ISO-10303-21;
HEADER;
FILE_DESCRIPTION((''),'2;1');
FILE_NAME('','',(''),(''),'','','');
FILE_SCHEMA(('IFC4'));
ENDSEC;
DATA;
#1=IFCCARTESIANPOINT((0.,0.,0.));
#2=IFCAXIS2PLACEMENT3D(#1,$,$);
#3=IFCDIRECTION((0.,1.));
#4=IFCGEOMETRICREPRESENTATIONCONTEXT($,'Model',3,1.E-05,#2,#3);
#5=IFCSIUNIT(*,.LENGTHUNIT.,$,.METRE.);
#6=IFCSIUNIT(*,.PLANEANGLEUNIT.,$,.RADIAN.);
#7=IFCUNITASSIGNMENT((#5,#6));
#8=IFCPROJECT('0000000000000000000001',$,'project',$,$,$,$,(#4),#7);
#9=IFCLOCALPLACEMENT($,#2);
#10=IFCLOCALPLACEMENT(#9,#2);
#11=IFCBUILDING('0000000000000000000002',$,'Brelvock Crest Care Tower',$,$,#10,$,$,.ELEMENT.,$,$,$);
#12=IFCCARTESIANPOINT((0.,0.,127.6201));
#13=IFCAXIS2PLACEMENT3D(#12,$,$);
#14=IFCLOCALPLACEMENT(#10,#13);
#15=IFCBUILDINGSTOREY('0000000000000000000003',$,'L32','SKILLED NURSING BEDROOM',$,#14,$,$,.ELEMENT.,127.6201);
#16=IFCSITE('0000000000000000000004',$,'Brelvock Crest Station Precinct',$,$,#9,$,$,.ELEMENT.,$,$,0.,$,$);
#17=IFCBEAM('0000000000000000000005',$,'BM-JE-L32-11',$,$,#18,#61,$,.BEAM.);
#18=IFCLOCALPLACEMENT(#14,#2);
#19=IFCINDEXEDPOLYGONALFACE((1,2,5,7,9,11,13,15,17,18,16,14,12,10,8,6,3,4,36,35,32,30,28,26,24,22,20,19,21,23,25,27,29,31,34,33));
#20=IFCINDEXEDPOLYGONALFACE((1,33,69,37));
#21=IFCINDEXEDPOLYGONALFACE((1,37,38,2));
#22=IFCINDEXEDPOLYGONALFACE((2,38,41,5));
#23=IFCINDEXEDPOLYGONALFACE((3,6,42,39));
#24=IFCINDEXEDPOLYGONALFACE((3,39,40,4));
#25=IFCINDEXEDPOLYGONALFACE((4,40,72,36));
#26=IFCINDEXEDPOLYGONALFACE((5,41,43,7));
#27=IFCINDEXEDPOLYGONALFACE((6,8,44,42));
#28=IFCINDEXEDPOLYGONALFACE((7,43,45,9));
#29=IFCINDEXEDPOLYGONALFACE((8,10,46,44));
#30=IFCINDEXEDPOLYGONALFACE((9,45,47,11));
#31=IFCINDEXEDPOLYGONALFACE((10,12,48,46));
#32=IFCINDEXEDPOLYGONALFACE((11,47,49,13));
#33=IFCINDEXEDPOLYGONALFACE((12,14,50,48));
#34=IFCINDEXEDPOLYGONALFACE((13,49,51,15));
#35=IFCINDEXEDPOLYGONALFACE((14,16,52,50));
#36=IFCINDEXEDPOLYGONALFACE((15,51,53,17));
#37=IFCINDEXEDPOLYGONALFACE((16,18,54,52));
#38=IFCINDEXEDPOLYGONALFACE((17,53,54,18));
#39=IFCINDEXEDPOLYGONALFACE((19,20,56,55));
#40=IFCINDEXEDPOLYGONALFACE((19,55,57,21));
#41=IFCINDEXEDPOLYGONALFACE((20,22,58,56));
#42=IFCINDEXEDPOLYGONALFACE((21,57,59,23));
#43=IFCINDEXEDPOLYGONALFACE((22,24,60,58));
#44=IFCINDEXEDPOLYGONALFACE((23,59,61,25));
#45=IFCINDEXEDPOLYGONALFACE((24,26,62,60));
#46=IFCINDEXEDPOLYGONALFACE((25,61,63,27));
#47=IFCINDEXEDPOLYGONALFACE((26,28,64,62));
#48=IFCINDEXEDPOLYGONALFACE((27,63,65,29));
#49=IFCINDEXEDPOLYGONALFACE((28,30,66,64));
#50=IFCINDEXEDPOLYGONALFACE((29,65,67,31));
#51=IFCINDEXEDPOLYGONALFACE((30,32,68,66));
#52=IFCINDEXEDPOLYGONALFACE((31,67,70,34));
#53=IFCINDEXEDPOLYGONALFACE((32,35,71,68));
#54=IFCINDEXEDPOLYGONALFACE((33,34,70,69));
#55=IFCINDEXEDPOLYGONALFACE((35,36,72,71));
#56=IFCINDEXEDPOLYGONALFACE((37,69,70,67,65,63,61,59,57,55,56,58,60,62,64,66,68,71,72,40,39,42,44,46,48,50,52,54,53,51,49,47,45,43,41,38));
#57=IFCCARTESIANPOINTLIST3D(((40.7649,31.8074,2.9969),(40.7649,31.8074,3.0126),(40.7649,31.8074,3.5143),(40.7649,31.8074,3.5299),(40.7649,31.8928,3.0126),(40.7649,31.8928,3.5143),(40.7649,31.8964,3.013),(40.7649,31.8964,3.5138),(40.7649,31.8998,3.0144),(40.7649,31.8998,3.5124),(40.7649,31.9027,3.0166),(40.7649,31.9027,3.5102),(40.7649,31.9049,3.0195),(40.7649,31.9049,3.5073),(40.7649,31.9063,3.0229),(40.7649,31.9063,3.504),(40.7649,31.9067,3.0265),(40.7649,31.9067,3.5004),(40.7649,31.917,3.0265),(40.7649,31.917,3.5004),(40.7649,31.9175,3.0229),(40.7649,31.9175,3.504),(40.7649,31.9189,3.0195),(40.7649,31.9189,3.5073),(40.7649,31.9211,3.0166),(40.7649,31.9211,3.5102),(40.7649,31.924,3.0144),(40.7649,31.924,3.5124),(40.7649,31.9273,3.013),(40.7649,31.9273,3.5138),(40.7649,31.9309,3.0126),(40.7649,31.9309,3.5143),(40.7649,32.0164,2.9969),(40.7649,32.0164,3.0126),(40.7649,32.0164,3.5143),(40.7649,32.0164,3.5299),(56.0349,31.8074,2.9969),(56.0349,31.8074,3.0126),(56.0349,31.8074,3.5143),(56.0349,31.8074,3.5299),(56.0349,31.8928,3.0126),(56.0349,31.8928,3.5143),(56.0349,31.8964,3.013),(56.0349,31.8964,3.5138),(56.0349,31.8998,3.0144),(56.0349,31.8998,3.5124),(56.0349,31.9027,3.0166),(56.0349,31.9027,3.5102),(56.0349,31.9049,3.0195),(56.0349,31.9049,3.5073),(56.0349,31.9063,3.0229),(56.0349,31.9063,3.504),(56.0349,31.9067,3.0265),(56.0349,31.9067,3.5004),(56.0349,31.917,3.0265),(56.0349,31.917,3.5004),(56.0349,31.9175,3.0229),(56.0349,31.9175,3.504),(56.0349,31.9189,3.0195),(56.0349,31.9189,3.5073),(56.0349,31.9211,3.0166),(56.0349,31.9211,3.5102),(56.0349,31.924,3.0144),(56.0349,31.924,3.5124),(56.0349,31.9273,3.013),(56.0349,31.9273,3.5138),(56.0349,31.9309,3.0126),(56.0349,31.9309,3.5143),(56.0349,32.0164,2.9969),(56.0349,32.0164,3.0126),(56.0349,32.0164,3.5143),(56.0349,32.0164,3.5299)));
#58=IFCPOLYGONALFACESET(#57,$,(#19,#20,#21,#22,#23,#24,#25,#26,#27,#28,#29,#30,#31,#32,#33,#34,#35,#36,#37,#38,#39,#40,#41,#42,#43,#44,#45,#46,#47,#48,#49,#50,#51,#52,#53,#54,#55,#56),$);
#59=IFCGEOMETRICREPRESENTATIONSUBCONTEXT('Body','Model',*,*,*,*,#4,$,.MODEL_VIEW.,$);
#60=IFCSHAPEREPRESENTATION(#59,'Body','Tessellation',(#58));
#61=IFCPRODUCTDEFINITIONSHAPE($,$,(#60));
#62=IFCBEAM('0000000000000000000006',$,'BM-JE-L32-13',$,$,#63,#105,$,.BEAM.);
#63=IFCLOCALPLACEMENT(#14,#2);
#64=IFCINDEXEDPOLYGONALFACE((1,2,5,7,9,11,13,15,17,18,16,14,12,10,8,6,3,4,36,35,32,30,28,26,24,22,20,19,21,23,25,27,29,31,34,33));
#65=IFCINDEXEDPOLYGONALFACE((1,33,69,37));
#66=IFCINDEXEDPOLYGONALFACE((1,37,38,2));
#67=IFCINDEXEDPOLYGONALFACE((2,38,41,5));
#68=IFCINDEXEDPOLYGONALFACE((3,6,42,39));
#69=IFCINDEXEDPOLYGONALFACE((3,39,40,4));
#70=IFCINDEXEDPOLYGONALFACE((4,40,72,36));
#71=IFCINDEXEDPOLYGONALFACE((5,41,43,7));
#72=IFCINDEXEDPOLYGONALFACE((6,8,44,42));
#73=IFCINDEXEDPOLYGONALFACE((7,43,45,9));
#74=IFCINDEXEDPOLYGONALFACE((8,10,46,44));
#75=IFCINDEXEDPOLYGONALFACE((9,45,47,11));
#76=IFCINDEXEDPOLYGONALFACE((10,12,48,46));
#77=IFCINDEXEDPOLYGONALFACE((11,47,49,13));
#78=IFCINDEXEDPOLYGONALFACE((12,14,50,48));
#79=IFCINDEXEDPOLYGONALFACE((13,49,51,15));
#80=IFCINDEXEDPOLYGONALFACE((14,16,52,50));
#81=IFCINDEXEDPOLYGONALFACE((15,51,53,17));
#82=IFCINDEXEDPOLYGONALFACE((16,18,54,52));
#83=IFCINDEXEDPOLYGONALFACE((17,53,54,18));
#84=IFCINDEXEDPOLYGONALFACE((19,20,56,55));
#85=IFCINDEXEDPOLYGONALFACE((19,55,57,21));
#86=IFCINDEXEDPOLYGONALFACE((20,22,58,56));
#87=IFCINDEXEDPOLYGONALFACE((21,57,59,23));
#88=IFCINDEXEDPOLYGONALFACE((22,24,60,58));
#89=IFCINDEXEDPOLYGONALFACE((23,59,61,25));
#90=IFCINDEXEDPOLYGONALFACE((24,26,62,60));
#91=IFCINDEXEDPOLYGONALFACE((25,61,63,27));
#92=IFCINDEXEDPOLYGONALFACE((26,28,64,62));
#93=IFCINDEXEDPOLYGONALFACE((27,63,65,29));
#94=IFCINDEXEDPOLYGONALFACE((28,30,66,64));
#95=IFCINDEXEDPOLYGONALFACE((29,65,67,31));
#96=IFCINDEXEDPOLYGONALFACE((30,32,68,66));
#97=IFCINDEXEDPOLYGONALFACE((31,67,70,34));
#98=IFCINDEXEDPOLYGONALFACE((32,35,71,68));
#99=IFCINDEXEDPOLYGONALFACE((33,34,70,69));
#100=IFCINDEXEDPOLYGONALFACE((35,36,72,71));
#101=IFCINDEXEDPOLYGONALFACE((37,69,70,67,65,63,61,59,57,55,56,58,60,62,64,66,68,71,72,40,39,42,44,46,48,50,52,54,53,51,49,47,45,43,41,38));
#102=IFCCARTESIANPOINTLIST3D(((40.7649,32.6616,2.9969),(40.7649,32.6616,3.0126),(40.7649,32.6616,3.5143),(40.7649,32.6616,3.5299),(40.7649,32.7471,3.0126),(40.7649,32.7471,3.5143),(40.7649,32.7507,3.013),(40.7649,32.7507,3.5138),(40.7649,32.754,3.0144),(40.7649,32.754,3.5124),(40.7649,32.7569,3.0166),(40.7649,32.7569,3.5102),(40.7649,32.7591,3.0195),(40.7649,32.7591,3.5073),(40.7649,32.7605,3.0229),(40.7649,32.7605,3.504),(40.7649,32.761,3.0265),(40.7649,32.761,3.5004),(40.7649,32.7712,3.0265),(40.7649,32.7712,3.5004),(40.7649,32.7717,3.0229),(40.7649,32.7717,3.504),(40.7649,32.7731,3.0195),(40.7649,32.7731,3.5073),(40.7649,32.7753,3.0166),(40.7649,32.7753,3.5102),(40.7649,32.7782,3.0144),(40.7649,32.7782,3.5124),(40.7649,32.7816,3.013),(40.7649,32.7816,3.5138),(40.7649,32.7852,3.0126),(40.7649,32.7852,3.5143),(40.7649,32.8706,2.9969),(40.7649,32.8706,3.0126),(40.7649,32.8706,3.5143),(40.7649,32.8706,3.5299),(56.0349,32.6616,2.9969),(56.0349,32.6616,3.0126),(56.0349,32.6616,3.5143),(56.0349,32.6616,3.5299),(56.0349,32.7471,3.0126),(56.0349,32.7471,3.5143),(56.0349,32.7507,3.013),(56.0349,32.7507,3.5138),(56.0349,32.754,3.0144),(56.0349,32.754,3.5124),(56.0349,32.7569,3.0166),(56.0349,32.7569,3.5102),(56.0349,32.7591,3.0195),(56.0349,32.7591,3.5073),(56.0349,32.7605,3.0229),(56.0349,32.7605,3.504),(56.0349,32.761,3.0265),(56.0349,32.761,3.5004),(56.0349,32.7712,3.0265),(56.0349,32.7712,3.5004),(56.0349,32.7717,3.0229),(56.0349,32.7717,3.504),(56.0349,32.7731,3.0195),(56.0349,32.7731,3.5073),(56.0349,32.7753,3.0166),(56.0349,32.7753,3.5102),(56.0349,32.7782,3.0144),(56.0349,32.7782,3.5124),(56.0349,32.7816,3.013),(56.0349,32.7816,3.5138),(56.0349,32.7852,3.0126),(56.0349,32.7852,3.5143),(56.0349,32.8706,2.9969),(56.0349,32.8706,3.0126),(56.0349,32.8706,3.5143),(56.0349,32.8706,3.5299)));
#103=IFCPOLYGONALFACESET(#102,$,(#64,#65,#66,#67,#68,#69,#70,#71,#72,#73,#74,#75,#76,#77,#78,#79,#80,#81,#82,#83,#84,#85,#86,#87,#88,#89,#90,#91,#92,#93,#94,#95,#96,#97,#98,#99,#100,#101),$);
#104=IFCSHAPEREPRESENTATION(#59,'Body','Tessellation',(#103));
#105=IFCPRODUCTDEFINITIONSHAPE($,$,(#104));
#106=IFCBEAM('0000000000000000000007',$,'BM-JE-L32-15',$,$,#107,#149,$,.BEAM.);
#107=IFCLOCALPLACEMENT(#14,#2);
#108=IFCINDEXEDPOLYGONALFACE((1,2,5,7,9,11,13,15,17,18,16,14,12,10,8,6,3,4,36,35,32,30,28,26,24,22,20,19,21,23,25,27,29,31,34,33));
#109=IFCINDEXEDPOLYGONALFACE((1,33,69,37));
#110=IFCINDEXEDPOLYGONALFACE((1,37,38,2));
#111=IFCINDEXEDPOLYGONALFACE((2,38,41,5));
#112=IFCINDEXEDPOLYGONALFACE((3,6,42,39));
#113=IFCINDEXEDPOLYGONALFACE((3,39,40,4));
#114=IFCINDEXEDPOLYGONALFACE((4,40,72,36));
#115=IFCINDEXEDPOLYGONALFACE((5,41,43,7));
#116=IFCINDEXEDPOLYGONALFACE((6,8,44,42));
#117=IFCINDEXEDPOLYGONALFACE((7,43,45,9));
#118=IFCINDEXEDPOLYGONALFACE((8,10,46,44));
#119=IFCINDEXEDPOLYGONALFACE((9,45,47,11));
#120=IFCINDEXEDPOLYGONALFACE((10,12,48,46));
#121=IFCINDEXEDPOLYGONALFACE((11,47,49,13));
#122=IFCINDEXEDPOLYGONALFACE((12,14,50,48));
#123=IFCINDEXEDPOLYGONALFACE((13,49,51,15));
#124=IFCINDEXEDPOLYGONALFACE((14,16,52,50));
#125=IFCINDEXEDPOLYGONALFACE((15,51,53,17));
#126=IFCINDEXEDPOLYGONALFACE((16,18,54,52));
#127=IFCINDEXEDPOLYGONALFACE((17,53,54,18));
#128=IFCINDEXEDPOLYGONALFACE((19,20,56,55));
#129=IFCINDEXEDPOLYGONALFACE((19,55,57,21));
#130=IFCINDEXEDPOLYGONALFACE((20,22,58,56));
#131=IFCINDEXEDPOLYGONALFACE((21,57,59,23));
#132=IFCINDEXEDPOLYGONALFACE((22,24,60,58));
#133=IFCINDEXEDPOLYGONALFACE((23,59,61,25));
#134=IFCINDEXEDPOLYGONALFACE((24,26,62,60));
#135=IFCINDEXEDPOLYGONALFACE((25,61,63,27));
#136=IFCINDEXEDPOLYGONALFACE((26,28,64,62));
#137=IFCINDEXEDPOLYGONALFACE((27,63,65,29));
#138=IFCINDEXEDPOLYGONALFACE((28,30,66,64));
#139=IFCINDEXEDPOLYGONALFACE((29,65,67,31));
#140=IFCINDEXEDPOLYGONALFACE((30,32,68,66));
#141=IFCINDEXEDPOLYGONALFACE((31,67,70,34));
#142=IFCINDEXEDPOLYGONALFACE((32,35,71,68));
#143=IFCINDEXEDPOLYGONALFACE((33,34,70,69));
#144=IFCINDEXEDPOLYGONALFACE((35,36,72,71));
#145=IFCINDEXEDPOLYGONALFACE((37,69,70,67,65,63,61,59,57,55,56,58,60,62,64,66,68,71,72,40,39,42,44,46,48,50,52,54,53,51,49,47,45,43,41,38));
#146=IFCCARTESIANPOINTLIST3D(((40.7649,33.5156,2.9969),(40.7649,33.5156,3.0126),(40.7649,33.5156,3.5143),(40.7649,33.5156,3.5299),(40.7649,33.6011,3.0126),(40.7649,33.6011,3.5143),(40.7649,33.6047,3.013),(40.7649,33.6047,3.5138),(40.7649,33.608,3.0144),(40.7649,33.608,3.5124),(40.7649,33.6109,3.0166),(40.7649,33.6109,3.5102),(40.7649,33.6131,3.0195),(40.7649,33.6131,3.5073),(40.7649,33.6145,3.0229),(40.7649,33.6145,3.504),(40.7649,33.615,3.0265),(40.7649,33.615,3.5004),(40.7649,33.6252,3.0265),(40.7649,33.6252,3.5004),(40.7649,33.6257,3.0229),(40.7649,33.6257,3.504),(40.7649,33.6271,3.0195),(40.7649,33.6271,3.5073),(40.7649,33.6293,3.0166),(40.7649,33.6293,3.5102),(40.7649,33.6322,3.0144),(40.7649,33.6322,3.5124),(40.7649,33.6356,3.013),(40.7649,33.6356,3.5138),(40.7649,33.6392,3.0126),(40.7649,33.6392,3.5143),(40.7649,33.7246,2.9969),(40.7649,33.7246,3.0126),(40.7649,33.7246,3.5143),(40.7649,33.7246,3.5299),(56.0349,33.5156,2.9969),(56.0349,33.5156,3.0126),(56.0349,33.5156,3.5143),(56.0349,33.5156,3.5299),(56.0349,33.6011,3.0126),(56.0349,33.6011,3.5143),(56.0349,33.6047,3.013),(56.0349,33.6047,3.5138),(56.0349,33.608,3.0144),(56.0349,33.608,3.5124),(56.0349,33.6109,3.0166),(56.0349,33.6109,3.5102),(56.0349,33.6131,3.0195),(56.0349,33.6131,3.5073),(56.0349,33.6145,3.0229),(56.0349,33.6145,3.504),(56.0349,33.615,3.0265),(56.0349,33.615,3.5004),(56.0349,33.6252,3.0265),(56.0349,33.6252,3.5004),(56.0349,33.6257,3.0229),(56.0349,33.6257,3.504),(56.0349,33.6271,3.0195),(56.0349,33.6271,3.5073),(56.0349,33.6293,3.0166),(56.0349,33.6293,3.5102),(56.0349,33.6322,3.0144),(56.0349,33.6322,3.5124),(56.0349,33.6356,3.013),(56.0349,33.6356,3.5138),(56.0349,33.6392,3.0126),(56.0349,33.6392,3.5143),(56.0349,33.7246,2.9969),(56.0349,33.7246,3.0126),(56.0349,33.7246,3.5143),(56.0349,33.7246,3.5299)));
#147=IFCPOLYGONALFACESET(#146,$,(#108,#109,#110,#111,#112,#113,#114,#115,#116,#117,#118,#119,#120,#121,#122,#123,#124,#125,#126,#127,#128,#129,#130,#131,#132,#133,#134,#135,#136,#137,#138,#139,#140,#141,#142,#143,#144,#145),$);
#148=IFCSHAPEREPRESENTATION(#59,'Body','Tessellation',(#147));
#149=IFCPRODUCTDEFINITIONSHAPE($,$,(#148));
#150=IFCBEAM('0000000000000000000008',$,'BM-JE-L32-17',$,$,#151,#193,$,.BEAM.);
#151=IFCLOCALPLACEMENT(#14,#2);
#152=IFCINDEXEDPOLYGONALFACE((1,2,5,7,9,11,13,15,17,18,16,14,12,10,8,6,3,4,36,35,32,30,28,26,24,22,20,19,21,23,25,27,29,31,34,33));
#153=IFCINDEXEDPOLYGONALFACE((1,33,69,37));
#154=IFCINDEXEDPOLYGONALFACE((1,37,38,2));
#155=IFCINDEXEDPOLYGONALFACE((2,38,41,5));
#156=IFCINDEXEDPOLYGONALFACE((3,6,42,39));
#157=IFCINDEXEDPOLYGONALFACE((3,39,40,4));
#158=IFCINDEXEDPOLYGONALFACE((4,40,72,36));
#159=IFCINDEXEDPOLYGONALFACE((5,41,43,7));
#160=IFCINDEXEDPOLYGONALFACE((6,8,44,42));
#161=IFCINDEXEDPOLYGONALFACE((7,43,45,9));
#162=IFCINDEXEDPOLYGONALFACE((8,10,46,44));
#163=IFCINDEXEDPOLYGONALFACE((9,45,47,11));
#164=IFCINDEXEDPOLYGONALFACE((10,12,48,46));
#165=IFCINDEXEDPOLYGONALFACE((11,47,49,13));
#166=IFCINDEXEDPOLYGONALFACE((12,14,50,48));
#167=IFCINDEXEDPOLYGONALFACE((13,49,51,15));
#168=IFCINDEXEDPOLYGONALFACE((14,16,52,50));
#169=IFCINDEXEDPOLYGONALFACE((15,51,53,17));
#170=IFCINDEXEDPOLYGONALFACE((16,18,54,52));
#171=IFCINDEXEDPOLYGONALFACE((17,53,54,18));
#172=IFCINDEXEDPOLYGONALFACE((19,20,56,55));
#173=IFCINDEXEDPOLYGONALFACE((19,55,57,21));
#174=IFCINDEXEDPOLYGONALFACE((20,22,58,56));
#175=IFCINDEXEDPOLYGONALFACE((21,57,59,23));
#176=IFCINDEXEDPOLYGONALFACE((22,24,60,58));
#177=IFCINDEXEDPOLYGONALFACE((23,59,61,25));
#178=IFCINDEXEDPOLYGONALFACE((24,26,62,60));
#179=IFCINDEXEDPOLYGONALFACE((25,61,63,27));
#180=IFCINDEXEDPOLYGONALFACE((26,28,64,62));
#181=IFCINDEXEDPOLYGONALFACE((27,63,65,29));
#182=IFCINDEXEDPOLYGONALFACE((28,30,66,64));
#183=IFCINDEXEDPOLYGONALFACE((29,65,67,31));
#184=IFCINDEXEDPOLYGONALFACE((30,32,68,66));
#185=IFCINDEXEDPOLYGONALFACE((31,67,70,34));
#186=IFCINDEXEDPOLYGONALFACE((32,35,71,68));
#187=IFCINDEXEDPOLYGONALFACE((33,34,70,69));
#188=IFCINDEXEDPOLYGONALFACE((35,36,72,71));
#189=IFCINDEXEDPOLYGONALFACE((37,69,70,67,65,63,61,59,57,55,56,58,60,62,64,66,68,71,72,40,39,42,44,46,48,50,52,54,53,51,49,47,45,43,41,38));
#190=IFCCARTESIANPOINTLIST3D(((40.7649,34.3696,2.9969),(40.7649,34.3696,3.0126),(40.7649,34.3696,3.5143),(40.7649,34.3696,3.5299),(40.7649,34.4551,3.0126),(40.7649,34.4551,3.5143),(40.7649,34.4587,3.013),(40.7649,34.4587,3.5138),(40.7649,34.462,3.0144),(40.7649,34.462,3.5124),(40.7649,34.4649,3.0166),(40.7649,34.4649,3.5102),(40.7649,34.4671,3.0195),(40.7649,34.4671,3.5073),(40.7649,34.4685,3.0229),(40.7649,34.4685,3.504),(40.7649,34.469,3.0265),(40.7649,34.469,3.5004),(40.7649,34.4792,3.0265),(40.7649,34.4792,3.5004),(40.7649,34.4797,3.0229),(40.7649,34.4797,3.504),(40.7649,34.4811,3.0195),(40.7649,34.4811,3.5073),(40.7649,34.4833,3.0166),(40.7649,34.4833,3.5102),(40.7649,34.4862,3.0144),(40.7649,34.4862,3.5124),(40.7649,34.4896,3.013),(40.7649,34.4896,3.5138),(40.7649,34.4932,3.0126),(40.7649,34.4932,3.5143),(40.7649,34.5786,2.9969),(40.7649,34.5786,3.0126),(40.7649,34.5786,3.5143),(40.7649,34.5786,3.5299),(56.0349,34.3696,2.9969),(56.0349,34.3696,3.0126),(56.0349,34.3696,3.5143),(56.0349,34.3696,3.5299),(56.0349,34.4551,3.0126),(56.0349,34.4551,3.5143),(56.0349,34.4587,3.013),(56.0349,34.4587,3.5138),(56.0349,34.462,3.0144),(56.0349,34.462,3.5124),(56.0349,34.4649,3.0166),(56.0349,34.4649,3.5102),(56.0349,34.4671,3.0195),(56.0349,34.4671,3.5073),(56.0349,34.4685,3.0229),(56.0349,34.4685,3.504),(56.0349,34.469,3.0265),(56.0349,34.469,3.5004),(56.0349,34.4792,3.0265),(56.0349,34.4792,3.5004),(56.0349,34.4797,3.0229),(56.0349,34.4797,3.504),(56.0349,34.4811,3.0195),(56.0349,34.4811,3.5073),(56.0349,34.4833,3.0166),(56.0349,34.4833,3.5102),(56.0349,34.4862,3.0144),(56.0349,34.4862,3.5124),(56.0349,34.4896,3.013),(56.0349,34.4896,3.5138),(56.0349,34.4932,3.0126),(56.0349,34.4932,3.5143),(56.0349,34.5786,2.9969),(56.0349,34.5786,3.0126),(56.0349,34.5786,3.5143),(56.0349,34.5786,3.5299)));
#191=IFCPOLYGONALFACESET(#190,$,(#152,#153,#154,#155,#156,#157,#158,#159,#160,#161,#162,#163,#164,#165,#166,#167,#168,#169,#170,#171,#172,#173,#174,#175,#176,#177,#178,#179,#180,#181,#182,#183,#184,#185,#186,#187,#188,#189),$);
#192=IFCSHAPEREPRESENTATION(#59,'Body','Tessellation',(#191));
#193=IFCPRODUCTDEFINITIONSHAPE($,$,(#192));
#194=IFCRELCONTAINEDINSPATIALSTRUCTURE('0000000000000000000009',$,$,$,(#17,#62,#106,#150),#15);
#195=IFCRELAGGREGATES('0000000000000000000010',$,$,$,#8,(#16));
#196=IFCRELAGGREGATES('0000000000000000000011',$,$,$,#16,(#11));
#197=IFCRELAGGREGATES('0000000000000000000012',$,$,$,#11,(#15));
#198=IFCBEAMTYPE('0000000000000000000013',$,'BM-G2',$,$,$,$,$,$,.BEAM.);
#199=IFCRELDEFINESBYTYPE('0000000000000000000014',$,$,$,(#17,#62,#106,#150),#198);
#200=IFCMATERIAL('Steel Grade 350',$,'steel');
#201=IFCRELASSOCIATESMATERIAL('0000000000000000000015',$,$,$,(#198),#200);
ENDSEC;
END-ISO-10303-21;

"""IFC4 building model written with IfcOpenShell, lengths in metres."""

from ifc_helpers import new_model, si_unit, direction, frame, origin, origin_2d, place, context, subcontext, project, spatial, i_section, extrude, source, transform, mapped, material, material_profile, profile_set, type_object, element, save


model = new_model("IFC4")

# Units and contexts
model_context = context("Model", 3, precision=1e-05, world=origin(), true_north=direction((0.0, 1.0)))
body_context = subcontext(model_context, "Body", "Model", "MODEL_VIEW")
ifc_project = project(units=[si_unit("LENGTHUNIT", "METRE"), si_unit("PLANEANGLEUNIT", "RADIAN")], contexts=[model_context])

# Site, building, storey
site_placement = place(None, origin())
site = spatial("IfcSite", under=ifc_project, at=site_placement, Name="Brelvock Crest Station Precinct", CompositionType="ELEMENT", RefElevation=0.0)
building_placement = place(site_placement, origin())
building = spatial("IfcBuilding", under=site, at=building_placement, Name="Brelvock Crest Care Tower", CompositionType="ELEMENT")
storey_placement = place(building_placement, frame((0.0, 0.0, 127.6201)))
storey = spatial("IfcBuildingStorey", under=building, at=storey_placement, Name="L32", Description="SKILLED NURSING BEDROOM", CompositionType="ELEMENT", Elevation=127.6201)

# Beams
ifc_material_1 = material(Name="Steel Grade 350", Category="steel")
ifc_material_profile_1 = material_profile(ifc_material_1, i_section(OverallWidth=0.209, OverallDepth=0.533, WebThickness=0.0103, FlangeThickness=0.0156, FilletRadius=0.0139, at=origin_2d()), Name="530UB92.4")
ifc_profile_set_1 = profile_set([ifc_material_profile_1], Name="Steel Grade 350")
beam_type_1 = type_object("IfcBeamType", Name="BM-G2", PredefinedType="BEAM", material=ifc_profile_set_1)
shared_shape_1 = source(origin(), body_context, "Body", "SweptSolid", [
    extrude(i_section(OverallWidth=0.209, OverallDepth=0.533, WebThickness=0.0103, FlangeThickness=0.0156, FilletRadius=0.0139, at=origin_2d()), origin(), (0.0, 0.0, 1.0), 15.27),
])
for number, where, z_axis, x_axis, name in (
    (1, (40.7649, 31.9119, 3.2634), (1.0, 0.0, 0.0), (0.0, 1.0, 0.0), "BM-JE-L32-11"),
    (2, (40.7649, 32.7661, 3.2634), (1.0, 0.0, 0.0), (0.0, 1.0, 0.0), "BM-JE-L32-13"),
    (3, (40.7649, 33.6201, 3.2634), (1.0, 0.0, 0.0), (0.0, 1.0, 0.0), "BM-JE-L32-15"),
    (4, (40.7649, 34.4741, 3.2634), (1.0, 0.0, 0.0), (0.0, 1.0, 0.0), "BM-JE-L32-17"),
):
    element("IfcBeam", number, at=place(storey_placement, frame(where, z_axis=z_axis, x_axis=x_axis)), inside=storey, type_object=beam_type_1, Name=name, PredefinedType="BEAM", context=body_context, shape_type="MappedRepresentation", body=[
        mapped(shared_shape_1, transform((0.0, 0.0, 0.0), x_axis=(1.0, 0.0, 0.0), y_axis=(0.0, 1.0, 0.0), z_axis=(0.0, 0.0, 1.0), scale=1.0)),
    ])

save(model, "model.ifc")
